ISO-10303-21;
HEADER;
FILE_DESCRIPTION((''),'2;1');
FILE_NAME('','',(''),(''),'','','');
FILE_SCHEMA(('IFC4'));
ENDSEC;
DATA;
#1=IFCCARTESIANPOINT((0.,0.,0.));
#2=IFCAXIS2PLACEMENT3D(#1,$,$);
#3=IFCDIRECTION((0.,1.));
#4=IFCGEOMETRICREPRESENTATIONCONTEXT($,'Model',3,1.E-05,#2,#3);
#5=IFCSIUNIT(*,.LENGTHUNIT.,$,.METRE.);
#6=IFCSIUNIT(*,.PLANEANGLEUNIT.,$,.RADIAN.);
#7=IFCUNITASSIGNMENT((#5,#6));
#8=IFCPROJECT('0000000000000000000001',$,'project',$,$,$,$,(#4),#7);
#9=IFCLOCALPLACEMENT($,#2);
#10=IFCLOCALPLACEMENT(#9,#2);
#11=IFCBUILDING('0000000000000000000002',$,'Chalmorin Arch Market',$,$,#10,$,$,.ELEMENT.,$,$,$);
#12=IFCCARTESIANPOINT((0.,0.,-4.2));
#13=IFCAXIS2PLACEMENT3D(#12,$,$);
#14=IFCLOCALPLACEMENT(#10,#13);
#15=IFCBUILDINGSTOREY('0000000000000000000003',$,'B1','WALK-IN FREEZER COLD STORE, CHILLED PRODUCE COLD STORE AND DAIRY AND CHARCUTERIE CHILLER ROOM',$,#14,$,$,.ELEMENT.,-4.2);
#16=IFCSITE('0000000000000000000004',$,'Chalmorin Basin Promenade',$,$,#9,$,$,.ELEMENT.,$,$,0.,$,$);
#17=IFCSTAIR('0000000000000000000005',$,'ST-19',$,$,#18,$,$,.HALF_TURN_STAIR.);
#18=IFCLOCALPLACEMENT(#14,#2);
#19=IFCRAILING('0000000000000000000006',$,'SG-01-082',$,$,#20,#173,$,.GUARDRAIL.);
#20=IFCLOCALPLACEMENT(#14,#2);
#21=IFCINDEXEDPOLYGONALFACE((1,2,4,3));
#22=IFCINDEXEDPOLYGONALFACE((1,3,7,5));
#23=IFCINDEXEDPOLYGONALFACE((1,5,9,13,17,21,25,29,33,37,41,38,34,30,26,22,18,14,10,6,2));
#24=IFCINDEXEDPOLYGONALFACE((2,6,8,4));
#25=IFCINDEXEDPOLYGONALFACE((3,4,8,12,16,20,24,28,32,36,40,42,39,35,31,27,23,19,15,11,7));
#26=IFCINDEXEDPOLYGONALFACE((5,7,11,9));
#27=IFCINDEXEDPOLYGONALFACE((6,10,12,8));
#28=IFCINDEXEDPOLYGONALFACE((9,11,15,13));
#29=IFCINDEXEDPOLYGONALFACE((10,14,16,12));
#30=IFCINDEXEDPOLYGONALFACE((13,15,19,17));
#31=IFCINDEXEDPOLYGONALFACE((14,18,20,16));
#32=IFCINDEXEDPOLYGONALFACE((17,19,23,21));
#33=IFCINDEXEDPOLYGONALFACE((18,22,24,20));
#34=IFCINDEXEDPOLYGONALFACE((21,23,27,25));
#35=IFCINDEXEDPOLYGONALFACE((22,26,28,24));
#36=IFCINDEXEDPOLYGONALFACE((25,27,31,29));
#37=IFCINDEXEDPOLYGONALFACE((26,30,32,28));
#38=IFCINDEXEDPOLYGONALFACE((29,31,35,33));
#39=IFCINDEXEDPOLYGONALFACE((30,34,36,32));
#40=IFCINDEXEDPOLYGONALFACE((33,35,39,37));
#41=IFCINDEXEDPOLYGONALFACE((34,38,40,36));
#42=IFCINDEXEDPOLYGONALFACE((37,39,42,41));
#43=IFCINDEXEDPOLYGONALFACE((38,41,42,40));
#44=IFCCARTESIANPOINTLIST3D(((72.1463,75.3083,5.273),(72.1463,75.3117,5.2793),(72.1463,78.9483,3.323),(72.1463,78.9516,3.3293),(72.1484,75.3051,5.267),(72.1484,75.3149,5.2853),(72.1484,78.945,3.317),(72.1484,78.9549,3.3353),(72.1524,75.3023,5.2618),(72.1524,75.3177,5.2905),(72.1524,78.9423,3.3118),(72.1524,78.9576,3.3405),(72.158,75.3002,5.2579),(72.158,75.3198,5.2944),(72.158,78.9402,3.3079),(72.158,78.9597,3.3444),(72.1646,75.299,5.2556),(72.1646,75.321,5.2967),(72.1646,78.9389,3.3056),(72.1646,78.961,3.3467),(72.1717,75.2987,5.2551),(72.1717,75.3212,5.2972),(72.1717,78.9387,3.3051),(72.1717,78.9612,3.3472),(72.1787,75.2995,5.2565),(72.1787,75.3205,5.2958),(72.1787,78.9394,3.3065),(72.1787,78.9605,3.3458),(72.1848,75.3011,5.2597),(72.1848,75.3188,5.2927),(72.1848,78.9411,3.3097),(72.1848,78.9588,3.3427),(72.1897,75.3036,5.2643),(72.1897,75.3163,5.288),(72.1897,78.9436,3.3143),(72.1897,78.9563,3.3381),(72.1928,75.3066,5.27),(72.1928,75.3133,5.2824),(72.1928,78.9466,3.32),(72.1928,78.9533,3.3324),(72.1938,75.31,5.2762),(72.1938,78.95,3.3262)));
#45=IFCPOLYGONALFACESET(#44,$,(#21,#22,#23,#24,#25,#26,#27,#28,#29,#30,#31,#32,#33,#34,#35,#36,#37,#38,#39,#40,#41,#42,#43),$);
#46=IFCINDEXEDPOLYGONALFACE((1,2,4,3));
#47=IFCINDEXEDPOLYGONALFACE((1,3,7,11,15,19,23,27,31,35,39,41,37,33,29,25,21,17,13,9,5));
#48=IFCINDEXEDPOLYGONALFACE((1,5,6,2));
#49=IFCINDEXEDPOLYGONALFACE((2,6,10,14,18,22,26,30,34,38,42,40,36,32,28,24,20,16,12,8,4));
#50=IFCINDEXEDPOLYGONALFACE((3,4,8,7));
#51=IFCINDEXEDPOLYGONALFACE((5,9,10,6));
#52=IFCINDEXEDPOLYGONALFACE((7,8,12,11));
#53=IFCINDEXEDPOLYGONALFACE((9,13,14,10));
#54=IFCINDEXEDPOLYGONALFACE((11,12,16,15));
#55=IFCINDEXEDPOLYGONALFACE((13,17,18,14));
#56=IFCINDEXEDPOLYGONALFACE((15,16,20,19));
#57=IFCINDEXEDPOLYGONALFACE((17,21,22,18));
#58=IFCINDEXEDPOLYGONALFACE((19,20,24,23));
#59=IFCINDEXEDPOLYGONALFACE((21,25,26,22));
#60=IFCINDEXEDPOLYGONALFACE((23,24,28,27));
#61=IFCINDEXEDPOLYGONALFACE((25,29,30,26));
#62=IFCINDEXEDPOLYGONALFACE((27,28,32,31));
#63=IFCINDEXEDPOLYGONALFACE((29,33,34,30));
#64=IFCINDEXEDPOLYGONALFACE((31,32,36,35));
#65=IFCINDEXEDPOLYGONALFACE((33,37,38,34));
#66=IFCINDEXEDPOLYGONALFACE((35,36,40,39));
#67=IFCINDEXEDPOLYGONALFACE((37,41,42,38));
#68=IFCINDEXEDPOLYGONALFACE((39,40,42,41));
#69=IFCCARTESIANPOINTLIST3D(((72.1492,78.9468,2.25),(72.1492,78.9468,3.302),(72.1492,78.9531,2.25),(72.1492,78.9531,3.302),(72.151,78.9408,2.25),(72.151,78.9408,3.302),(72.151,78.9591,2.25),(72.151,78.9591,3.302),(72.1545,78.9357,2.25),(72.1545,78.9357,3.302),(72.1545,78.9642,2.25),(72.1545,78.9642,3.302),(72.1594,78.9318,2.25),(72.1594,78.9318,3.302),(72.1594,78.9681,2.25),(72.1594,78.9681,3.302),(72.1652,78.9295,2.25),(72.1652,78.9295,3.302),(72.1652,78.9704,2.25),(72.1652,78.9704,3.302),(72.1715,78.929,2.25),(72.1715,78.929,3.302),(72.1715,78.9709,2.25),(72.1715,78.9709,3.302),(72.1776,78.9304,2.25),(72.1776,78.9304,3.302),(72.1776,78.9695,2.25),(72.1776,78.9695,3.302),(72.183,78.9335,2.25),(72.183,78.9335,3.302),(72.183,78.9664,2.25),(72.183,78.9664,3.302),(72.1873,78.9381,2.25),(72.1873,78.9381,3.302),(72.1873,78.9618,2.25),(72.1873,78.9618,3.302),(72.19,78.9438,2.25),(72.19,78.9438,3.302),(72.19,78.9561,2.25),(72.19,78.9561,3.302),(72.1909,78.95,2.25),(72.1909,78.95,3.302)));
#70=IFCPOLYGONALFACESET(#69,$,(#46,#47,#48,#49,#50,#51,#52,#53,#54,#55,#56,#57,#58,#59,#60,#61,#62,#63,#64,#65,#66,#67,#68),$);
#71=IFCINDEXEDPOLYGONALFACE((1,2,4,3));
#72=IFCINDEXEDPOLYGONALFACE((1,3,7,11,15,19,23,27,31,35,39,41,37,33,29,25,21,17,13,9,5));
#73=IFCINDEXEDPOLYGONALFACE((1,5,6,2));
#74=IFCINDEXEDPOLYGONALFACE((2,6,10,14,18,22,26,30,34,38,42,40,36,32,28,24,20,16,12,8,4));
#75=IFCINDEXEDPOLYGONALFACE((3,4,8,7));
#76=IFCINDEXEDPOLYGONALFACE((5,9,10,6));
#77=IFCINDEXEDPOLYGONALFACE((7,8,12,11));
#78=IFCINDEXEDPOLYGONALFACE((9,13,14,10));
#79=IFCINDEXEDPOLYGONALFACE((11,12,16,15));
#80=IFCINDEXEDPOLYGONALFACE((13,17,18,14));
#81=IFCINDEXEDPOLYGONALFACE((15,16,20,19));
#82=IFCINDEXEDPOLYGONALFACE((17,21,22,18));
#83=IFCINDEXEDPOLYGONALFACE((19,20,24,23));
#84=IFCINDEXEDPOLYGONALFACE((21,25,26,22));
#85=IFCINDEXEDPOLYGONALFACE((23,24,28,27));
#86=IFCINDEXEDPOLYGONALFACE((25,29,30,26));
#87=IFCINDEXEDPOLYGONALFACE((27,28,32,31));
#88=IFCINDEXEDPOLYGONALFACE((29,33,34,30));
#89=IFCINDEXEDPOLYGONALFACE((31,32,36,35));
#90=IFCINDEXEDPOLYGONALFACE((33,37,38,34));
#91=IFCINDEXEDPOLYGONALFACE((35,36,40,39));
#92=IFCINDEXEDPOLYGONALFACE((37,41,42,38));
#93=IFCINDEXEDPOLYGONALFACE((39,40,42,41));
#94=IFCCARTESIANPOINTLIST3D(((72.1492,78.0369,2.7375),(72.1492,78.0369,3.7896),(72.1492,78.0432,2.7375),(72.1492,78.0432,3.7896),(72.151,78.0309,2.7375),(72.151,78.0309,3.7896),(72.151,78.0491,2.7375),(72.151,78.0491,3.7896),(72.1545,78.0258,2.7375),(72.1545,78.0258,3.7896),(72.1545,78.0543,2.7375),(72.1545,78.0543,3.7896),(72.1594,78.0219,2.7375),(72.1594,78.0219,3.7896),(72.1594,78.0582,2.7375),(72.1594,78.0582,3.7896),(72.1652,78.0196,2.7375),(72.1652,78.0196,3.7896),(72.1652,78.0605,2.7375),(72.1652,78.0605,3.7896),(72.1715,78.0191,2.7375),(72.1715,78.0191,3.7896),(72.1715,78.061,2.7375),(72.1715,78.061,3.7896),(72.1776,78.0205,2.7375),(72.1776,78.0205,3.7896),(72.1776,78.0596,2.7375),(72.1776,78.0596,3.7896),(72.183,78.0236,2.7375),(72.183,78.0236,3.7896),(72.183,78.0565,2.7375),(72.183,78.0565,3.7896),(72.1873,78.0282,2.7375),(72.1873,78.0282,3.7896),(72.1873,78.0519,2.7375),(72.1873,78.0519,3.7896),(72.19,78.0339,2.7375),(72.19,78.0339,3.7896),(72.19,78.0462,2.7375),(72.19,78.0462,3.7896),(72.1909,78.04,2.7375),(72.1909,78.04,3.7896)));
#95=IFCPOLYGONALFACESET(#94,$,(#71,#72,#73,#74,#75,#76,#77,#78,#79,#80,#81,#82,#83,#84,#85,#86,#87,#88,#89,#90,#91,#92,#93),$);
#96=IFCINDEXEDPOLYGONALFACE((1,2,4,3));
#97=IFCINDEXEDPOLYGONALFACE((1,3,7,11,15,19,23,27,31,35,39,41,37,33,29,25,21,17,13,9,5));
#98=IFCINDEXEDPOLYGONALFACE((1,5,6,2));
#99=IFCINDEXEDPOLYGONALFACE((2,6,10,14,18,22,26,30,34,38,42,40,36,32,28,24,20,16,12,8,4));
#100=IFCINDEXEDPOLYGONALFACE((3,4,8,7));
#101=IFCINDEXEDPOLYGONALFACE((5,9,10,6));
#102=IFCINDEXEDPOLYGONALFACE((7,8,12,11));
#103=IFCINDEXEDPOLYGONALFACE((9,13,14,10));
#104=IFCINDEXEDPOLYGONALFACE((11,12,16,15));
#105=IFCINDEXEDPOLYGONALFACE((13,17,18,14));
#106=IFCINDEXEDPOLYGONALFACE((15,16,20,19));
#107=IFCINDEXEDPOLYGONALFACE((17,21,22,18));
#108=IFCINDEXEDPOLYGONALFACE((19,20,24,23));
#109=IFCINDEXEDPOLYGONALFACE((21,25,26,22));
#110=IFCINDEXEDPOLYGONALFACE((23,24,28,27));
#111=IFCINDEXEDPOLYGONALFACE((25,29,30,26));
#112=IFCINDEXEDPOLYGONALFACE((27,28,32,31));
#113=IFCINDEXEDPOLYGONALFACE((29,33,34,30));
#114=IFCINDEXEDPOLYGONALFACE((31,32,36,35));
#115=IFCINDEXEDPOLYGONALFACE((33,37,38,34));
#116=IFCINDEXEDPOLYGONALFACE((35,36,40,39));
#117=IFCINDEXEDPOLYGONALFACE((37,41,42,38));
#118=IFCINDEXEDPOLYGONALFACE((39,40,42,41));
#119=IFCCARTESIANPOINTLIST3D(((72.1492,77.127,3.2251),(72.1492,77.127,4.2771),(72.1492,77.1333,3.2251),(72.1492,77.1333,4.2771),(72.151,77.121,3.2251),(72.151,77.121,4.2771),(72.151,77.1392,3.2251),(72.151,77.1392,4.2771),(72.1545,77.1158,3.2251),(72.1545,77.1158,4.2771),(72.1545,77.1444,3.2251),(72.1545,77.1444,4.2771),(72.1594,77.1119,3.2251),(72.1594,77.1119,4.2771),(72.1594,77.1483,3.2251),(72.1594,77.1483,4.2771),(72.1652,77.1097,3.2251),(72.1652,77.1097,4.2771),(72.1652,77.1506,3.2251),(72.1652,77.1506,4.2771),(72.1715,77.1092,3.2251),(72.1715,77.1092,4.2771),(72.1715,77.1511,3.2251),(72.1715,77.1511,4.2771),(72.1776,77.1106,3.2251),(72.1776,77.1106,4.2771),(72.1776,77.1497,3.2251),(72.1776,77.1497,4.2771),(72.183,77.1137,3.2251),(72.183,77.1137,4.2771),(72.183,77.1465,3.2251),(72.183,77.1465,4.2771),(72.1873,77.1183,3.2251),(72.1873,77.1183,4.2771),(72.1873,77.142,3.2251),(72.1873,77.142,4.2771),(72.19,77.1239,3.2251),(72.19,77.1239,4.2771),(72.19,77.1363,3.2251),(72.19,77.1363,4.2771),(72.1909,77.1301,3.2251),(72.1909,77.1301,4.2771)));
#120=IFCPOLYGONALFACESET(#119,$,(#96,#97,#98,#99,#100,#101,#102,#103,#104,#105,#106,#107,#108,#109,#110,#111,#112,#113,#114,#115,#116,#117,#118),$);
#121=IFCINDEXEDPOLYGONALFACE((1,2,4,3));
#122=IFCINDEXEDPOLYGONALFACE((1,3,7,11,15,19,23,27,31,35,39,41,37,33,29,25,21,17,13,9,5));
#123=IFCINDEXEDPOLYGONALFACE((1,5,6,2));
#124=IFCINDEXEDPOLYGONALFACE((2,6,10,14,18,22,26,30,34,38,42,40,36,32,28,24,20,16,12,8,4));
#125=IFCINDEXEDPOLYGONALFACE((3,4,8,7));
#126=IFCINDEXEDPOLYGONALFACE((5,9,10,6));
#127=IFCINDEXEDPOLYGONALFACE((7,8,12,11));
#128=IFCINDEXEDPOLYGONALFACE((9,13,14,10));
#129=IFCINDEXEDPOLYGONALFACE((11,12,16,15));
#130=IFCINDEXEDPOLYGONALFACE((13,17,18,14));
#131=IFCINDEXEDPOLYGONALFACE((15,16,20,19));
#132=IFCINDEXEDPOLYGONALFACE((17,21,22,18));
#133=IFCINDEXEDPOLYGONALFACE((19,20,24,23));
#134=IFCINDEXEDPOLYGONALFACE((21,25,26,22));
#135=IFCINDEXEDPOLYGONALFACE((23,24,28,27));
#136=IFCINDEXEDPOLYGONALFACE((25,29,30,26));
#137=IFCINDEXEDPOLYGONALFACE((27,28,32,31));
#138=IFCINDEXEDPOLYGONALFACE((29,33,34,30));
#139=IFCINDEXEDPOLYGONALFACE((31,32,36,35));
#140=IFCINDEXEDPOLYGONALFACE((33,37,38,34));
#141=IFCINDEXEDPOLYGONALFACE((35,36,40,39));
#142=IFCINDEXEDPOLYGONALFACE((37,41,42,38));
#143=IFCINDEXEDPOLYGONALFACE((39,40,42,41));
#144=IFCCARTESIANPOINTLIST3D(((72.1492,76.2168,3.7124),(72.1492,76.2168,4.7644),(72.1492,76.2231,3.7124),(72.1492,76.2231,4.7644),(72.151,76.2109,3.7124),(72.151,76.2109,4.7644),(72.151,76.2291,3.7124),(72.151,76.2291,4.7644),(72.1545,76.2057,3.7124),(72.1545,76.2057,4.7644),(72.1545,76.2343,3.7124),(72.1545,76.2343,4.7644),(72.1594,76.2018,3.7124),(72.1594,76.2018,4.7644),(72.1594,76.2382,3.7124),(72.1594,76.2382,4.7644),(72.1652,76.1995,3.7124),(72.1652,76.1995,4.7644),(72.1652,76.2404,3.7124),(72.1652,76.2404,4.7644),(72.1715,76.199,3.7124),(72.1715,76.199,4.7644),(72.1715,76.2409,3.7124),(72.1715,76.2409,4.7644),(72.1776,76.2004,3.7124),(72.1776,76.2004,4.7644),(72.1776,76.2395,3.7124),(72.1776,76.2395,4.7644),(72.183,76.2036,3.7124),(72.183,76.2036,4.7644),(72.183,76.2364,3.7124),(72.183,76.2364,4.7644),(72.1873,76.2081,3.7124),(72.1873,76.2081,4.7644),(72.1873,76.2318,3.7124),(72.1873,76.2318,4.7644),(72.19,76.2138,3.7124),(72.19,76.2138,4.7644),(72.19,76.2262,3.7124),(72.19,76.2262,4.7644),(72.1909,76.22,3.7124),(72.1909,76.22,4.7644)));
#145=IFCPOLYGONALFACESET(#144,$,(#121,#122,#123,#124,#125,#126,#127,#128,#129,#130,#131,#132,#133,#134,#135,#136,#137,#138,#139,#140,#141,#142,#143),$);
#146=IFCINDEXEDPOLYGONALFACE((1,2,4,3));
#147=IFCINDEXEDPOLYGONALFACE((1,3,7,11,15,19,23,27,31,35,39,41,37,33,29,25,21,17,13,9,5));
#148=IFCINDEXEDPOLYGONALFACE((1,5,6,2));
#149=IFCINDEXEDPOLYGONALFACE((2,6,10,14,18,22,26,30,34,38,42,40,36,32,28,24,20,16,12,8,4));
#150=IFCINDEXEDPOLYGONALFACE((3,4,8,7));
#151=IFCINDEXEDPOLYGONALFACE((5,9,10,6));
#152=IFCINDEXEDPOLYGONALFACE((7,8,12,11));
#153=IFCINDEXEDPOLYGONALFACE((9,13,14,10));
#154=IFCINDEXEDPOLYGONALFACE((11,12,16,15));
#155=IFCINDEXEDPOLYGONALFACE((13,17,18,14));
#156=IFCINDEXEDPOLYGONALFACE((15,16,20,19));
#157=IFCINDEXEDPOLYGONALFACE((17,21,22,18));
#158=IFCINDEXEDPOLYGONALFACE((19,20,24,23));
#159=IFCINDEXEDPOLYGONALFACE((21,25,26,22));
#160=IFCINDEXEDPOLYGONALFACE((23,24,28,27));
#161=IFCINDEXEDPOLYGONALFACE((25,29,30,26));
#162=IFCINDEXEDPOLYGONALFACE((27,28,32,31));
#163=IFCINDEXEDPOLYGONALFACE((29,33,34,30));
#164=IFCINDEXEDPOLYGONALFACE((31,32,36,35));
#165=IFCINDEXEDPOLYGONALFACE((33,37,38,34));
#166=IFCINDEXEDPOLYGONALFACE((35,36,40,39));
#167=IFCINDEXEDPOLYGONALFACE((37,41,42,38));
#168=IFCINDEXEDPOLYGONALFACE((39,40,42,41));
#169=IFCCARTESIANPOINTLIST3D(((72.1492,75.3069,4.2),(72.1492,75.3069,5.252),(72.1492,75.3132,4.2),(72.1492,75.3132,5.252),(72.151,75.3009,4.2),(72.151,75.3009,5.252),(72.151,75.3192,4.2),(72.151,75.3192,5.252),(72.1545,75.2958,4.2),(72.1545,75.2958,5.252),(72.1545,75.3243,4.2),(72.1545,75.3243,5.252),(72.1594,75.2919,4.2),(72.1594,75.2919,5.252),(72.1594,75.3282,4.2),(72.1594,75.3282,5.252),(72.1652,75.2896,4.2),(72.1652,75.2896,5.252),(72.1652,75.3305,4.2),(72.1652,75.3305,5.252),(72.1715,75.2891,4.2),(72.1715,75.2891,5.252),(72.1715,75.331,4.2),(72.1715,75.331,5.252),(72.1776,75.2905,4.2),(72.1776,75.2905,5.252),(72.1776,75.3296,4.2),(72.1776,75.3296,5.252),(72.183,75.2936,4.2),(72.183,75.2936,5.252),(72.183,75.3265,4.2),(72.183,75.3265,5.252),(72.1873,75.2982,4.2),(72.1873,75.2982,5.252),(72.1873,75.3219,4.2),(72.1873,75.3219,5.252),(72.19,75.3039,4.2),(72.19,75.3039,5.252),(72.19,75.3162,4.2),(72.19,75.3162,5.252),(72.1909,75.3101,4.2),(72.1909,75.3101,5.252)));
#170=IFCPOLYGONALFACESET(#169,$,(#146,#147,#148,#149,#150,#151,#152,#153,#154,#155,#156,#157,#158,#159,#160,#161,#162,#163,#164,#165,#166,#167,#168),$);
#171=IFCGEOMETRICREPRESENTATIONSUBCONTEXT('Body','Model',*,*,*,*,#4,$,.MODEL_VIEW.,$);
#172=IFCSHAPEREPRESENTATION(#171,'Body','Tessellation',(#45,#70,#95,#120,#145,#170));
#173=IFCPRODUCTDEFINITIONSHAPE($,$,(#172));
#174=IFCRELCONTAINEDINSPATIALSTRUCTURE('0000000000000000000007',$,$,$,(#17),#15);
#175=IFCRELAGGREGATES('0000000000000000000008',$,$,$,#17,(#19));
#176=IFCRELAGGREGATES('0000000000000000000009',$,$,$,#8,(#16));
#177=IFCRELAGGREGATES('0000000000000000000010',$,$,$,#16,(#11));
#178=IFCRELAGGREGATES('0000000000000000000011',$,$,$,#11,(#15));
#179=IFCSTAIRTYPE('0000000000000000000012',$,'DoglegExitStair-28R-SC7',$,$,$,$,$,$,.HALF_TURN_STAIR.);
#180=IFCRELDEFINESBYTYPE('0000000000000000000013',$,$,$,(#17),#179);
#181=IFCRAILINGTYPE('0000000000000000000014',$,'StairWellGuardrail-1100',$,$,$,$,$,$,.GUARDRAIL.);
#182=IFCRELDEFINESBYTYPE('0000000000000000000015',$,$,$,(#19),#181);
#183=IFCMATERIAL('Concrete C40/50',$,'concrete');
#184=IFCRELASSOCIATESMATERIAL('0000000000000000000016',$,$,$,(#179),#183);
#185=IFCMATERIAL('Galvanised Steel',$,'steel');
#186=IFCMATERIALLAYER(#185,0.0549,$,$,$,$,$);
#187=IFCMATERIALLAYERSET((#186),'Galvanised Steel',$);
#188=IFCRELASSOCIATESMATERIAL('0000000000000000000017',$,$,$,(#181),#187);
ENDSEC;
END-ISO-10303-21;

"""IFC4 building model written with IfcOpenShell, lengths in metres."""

from ifc_helpers import new_model, si_unit, direction, frame, origin, origin_2d, place, context, subcontext, project, spatial, circle, extrude, material, layer, layer_set, type_object, element, aggregate, save


model = new_model("IFC4")

# Units and contexts
model_context = context("Model", 3, precision=1e-05, world=origin(), true_north=direction((0.0, 1.0)))
body_context = subcontext(model_context, "Body", "Model", "MODEL_VIEW")
ifc_project = project(units=[si_unit("LENGTHUNIT", "METRE"), si_unit("PLANEANGLEUNIT", "RADIAN")], contexts=[model_context])

# Site, building, storey
site_placement = place(None, origin())
site = spatial("IfcSite", under=ifc_project, at=site_placement, Name="Chalmorin Basin Promenade", CompositionType="ELEMENT", RefElevation=0.0)
building_placement = place(site_placement, origin())
building = spatial("IfcBuilding", under=site, at=building_placement, Name="Chalmorin Arch Market", CompositionType="ELEMENT")
storey_placement = place(building_placement, frame((0.0, 0.0, -4.2)))
storey = spatial("IfcBuildingStorey", under=building, at=storey_placement, Name="B1", Description="WALK-IN FREEZER COLD STORE, CHILLED PRODUCE COLD STORE AND DAIRY AND CHARCUTERIE CHILLER ROOM", CompositionType="ELEMENT", Elevation=-4.2)

# Shared definitions
ifc_material_1 = material(Name="Concrete C40/50", Category="concrete")

# Shared definitions
ifc_material_2 = material(Name="Galvanised Steel", Category="steel")

# Stair, railing
stair_type = type_object("IfcStairType", Name="DoglegExitStair-28R-SC7", PredefinedType="HALF_TURN_STAIR", material=ifc_material_1)
stair_placement = place(storey_placement, origin())
stair = element("IfcStair", 1, at=stair_placement, inside=storey, type_object=stair_type, Name="ST-19", PredefinedType="HALF_TURN_STAIR")
ifc_layer_1 = layer(ifc_material_2, 0.0549)
ifc_layer_set_1 = layer_set([ifc_layer_1], Name="Galvanised Steel")
railing_type_1 = type_object("IfcRailingType", Name="StairWellGuardrail-1100", PredefinedType="GUARDRAIL", material=ifc_layer_set_1)
railing_1_placement = place(storey_placement, frame((72.1699, 78.95, 2.25)))
railing_1 = element("IfcRailing", 2, at=railing_1_placement, type_object=railing_type_1, Name="SG-01-082", PredefinedType="GUARDRAIL", context=body_context, shape_type="SweptSolid", body=[
    extrude(circle(Radius=0.0239, at=origin_2d()), frame((0.0, 0.0, 1.0762), z_axis=(0.0, -0.881479, 0.472223), x_axis=(1.0, 0.0, 0.0)), (0.0, 0.0, 1.0), 4.1294),
    extrude(circle(Radius=0.021, at=origin_2d()), origin(), (0.0, 0.0, 1.0), 1.052),
    extrude(circle(Radius=0.021, at=origin_2d()), frame((0.0, -0.9099, 0.4875)), (0.0, 0.0, 1.0), 1.052),
    extrude(circle(Radius=0.021, at=origin_2d()), frame((0.0, -1.8198, 0.9751)), (0.0, 0.0, 1.0), 1.052),
    extrude(circle(Radius=0.021, at=origin_2d()), frame((0.0, -2.73, 1.4624)), (0.0, 0.0, 1.0), 1.052),
    extrude(circle(Radius=0.021, at=origin_2d()), frame((0.0, -3.6399, 1.95)), (0.0, 0.0, 1.0), 1.052),
])
aggregate(stair, [railing_1])

save(model, "model.ifc")
